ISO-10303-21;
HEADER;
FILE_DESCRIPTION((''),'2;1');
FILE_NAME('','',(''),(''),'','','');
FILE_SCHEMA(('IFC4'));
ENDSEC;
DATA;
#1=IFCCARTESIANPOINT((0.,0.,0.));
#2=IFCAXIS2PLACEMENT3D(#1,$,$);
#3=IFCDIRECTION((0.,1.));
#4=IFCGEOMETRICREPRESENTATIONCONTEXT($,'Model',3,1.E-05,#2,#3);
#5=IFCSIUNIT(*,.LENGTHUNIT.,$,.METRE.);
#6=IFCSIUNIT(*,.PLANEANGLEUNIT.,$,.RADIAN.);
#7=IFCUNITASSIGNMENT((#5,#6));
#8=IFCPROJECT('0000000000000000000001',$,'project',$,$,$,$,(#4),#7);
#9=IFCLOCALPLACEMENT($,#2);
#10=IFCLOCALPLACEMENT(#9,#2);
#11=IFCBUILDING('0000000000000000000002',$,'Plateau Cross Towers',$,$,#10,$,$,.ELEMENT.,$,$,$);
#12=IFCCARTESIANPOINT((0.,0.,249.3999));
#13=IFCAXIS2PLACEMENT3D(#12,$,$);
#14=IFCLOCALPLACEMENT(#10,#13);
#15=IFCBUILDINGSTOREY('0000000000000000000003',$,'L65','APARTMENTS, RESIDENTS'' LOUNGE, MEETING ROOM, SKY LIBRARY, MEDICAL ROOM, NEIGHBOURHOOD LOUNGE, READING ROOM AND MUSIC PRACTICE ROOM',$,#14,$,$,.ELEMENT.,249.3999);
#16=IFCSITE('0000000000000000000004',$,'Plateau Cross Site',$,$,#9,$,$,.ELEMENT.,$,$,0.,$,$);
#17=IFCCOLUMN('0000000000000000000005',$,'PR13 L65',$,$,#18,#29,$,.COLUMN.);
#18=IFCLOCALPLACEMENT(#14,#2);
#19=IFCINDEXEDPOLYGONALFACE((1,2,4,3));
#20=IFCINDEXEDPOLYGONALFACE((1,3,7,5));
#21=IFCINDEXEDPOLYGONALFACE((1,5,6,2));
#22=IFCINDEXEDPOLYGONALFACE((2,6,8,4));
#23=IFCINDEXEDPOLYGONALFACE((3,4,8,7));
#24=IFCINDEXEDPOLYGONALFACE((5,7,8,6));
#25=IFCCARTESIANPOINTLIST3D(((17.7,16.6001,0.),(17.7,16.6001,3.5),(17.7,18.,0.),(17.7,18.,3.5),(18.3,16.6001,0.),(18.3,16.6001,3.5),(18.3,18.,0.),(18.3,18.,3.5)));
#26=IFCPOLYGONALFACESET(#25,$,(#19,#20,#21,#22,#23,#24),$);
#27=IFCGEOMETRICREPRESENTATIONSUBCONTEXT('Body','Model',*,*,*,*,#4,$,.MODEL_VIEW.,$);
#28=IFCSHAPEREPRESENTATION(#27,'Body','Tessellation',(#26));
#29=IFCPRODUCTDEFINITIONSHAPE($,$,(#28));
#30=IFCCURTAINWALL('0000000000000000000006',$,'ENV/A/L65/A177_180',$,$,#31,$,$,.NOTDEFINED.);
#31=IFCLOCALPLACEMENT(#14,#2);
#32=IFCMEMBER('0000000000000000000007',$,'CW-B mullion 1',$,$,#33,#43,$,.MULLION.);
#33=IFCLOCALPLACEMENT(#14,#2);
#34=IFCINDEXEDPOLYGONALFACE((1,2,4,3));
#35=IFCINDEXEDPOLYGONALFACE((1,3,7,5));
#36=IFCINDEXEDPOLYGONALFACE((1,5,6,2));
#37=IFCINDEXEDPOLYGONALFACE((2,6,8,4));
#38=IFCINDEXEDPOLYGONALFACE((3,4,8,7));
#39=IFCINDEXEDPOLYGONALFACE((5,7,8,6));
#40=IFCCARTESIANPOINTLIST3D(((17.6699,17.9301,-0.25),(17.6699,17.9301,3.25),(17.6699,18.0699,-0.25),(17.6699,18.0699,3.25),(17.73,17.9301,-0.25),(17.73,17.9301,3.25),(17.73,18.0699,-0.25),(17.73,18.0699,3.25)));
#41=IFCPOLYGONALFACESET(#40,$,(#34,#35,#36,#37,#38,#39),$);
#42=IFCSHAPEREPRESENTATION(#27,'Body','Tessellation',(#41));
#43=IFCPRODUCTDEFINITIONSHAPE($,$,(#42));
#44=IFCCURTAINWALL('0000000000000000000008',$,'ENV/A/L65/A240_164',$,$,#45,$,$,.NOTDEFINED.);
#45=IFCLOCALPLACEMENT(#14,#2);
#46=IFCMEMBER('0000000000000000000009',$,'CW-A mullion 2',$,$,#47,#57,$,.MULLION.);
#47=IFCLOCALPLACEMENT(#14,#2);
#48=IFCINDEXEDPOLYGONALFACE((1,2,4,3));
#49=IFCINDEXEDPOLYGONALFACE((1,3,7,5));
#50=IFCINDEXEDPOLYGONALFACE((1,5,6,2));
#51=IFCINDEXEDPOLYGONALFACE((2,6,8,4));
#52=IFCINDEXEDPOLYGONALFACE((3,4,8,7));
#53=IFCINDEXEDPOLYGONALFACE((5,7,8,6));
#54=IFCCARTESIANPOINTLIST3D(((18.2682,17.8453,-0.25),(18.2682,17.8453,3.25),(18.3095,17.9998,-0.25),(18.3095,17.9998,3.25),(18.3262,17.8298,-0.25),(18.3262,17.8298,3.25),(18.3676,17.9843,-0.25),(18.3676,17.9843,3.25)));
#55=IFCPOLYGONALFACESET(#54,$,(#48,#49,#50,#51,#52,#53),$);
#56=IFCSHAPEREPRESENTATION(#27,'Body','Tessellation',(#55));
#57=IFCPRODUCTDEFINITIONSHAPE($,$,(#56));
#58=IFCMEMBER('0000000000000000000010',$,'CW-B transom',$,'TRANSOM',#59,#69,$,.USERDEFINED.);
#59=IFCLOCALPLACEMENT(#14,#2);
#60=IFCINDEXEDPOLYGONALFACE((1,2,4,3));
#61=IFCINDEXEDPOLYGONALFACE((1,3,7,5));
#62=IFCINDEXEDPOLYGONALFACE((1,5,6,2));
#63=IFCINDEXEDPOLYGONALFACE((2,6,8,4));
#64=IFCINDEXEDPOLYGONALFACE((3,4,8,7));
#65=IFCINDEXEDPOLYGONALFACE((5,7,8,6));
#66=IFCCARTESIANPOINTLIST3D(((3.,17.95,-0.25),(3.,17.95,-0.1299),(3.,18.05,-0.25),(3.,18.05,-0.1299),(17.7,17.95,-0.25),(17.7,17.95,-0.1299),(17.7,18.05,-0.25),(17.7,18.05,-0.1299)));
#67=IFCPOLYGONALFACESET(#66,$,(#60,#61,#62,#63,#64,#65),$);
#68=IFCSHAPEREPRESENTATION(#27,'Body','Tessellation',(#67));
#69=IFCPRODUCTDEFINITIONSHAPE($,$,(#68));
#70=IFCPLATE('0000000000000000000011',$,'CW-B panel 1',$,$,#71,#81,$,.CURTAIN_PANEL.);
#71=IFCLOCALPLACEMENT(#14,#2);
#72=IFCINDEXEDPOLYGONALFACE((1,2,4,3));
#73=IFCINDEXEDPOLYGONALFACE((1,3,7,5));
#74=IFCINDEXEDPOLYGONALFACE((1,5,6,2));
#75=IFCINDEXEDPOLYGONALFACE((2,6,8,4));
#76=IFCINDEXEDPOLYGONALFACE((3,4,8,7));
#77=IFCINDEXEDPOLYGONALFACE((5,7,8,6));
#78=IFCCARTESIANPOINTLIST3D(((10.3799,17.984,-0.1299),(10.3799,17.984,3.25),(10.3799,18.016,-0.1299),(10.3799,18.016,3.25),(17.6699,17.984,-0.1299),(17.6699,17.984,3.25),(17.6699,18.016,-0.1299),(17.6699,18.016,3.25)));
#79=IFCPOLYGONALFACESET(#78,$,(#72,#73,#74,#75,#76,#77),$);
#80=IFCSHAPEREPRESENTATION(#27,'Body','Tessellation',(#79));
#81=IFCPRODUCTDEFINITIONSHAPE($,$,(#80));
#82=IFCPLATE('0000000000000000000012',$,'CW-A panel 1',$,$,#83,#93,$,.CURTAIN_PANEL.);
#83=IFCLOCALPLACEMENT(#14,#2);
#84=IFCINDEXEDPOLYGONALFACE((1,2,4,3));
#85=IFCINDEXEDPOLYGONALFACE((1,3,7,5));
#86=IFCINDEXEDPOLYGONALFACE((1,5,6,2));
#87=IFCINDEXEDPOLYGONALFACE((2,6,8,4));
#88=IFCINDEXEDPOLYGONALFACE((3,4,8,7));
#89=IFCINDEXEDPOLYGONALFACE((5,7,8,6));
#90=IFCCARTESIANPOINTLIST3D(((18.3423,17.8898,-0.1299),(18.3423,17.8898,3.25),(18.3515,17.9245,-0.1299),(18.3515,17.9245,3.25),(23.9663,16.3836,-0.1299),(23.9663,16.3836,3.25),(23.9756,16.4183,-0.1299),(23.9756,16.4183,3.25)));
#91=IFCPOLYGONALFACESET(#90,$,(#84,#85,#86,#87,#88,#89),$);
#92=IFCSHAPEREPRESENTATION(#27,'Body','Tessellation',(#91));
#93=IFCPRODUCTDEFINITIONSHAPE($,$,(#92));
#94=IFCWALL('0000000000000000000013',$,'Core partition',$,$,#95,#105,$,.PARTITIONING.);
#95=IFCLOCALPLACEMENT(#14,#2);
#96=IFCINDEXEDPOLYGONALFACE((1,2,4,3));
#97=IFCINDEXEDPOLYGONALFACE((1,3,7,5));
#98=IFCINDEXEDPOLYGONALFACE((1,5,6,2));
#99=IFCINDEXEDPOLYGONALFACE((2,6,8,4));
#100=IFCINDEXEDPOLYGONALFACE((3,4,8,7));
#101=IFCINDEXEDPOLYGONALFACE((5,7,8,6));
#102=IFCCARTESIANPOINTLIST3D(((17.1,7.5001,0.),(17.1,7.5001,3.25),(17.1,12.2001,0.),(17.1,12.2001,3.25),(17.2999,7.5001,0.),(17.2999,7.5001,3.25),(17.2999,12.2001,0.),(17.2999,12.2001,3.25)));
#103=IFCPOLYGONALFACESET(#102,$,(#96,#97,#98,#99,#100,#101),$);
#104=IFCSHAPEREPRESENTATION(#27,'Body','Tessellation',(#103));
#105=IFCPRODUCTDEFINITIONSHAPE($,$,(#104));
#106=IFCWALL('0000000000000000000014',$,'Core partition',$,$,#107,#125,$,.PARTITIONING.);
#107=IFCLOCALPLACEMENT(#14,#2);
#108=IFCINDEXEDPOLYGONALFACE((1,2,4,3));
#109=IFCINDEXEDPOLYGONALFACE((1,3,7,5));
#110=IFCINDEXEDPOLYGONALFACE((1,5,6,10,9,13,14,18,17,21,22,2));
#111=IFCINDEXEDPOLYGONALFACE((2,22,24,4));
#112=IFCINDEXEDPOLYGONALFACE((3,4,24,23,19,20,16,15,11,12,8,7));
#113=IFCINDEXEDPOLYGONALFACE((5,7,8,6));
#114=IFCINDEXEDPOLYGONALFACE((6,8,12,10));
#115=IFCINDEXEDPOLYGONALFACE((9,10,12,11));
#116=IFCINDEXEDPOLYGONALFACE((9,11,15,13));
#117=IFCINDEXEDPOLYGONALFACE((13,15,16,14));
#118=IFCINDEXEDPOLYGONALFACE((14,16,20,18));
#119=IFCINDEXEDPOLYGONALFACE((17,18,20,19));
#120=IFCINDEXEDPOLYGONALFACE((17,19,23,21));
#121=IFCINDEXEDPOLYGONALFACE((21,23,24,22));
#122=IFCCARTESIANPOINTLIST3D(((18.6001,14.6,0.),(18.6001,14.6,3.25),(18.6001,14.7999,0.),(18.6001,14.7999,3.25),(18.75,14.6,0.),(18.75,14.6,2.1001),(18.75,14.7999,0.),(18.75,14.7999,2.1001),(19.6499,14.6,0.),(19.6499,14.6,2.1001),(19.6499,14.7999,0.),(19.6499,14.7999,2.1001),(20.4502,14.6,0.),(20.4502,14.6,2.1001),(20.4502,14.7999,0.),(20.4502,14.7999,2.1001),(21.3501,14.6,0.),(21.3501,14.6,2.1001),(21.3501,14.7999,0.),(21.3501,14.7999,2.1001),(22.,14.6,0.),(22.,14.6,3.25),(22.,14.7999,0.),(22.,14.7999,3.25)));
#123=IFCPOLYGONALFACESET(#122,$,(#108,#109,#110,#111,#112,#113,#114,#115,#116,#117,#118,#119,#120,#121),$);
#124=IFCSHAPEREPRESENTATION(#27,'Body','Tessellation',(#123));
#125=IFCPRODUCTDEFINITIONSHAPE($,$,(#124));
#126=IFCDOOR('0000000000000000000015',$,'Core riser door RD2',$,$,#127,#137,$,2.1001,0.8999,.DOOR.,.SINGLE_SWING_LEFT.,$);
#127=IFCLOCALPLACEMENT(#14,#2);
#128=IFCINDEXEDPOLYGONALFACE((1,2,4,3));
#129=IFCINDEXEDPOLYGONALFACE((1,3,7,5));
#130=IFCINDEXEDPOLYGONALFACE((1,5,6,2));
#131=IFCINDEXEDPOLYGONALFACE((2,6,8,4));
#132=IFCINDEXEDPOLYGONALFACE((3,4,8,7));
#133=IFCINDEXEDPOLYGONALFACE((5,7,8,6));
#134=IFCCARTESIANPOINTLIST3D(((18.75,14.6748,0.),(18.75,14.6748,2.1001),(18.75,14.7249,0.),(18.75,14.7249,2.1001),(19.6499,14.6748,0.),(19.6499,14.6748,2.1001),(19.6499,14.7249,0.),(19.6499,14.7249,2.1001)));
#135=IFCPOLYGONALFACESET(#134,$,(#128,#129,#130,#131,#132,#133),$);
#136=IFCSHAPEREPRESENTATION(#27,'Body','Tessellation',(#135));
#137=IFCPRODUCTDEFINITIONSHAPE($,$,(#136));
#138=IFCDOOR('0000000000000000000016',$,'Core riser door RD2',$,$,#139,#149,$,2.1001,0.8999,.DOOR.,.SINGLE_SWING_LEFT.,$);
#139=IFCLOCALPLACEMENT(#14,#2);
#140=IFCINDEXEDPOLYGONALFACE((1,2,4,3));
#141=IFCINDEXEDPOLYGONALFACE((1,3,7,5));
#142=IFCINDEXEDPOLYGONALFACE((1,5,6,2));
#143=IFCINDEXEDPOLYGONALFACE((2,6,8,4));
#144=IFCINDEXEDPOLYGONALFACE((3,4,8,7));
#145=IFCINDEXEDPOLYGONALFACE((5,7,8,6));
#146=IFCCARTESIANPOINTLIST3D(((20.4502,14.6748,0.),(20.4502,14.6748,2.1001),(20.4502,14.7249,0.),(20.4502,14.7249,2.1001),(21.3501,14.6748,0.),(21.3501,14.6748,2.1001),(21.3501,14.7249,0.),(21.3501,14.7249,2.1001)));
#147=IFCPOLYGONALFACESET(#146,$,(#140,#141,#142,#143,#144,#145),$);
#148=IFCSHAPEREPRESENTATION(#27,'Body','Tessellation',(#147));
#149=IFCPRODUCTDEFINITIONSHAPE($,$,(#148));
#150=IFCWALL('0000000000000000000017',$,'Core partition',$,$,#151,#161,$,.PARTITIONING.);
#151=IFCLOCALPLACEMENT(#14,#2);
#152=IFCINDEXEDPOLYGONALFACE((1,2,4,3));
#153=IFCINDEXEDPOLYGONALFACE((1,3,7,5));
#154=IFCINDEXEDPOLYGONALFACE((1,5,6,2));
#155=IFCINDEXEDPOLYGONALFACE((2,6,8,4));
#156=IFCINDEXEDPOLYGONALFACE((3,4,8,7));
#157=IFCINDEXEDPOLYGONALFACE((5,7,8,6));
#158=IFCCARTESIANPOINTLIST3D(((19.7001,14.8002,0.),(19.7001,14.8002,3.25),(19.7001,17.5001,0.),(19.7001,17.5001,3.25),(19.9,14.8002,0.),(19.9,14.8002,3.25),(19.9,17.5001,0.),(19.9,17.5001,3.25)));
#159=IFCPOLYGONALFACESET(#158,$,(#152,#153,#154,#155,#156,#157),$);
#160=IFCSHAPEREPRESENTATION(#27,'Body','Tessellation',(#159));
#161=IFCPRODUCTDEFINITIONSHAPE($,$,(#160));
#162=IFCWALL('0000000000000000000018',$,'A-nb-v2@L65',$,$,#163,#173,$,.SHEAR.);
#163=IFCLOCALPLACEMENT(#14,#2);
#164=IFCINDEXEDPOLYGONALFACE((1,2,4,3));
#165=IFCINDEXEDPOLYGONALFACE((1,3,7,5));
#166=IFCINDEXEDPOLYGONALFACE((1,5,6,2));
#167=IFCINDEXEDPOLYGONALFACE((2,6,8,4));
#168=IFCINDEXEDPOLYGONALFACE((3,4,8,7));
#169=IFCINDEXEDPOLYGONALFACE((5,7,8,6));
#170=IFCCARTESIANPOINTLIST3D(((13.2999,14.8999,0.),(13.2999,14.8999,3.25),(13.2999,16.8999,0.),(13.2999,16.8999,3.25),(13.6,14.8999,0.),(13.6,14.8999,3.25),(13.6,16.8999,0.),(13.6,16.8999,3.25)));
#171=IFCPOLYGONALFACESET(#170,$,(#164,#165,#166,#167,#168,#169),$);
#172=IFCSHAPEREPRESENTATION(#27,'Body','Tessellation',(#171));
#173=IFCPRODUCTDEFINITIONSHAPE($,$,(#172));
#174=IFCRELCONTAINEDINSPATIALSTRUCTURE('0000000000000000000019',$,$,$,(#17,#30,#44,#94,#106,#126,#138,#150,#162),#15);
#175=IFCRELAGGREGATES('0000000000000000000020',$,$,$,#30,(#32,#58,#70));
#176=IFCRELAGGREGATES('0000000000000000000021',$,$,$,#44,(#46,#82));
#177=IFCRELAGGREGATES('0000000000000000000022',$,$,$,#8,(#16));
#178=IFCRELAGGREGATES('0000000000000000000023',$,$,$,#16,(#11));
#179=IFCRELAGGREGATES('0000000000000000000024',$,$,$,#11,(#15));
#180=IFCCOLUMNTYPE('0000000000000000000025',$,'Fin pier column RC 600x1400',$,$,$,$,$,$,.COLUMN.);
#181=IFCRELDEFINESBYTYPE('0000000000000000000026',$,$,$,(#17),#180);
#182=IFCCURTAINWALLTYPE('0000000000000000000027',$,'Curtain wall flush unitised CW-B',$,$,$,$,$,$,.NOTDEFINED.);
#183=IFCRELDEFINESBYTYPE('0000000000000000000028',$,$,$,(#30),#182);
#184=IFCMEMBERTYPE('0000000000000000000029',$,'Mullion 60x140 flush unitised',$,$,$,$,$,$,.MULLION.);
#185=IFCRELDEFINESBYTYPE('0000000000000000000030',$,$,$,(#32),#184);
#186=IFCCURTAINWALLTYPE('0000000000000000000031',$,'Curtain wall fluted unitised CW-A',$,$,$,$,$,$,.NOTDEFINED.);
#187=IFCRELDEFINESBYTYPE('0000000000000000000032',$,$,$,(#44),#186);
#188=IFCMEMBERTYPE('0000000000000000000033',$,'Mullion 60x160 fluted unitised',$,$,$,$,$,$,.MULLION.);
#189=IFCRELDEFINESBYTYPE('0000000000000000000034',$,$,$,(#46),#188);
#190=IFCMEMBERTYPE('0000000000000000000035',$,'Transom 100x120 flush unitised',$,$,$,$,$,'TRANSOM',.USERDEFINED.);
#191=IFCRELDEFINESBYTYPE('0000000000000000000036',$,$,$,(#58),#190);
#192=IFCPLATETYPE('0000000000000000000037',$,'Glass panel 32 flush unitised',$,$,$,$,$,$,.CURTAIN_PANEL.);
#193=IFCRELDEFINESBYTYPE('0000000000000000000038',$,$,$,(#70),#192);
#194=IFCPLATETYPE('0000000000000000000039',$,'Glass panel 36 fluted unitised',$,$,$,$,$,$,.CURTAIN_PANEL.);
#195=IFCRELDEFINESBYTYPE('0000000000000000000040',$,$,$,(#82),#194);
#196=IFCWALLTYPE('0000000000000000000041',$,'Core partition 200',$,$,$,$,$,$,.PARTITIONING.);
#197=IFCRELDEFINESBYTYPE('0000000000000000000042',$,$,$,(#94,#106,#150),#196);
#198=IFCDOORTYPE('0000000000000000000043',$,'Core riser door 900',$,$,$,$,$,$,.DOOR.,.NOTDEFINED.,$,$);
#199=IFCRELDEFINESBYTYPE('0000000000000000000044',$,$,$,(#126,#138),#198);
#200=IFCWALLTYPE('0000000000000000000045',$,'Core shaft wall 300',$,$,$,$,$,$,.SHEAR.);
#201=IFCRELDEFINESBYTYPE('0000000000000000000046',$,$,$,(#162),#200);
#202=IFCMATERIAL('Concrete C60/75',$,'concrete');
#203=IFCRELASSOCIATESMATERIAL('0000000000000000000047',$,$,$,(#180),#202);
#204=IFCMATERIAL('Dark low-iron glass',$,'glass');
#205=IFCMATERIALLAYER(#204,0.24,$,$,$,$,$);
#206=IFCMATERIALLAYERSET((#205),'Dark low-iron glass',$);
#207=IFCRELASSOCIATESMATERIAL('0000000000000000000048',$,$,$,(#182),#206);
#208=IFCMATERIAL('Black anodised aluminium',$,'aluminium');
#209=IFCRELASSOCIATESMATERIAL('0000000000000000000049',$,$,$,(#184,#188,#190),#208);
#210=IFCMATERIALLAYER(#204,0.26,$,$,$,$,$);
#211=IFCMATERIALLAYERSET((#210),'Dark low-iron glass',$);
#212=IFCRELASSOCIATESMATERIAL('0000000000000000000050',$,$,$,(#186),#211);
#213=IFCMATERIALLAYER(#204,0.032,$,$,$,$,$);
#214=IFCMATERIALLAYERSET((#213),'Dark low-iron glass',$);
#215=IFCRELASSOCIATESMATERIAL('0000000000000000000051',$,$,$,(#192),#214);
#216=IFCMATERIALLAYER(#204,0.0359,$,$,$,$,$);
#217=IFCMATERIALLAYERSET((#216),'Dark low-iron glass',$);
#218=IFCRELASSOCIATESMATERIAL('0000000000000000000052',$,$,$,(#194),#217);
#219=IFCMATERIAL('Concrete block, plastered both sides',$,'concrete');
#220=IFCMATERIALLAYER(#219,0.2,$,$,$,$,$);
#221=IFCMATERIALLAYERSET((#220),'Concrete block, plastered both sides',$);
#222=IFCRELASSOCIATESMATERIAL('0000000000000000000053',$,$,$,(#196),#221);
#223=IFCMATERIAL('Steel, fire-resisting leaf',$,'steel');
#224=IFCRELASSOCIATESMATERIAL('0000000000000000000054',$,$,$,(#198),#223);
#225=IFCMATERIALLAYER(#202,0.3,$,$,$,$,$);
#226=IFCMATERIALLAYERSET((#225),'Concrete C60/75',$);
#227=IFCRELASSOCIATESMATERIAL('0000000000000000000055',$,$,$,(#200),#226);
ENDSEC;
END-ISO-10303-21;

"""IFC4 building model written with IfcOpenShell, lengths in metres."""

from ifc_helpers import new_model, si_unit, direction, frame, frame_2d, origin, origin_2d, place, context, subcontext, project, spatial, rectangle, extrude, material, layer, layer_set, material_profile, profile_set, type_object, element, fill, aggregate, save


model = new_model("IFC4")

# Units and contexts
model_context = context("Model", 3, precision=1e-05, world=origin(), true_north=direction((0.0, 1.0)))
body_context = subcontext(model_context, "Body", "Model", "MODEL_VIEW")
ifc_project = project(units=[si_unit("LENGTHUNIT", "METRE"), si_unit("PLANEANGLEUNIT", "RADIAN")], contexts=[model_context])

# Site, building, storey
site_placement = place(None, origin())
site = spatial("IfcSite", under=ifc_project, at=site_placement, Name="Plateau Cross Site", CompositionType="ELEMENT", RefElevation=0.0)
building_placement = place(site_placement, origin())
building = spatial("IfcBuilding", under=site, at=building_placement, Name="Plateau Cross Towers", CompositionType="ELEMENT")
storey_placement = place(building_placement, frame((0.0, 0.0, 249.3999)))
storey = spatial("IfcBuildingStorey", under=building, at=storey_placement, Name="L65", Description="APARTMENTS, RESIDENTS' LOUNGE, MEETING ROOM, SKY LIBRARY, MEDICAL ROOM, NEIGHBOURHOOD LOUNGE, READING ROOM AND MUSIC PRACTICE ROOM", CompositionType="ELEMENT", Elevation=249.3999)

# Column
ifc_material_1 = material(Name="Concrete C60/75", Category="concrete")
ifc_material_profile_1 = material_profile(ifc_material_1, rectangle(XDim=0.6001, YDim=1.3999, at=origin_2d()), Name="RC 600x1400")
ifc_profile_set_1 = profile_set([ifc_material_profile_1], Name="Concrete C60/75")
column_type = type_object("IfcColumnType", Name="Fin pier column RC 600x1400", PredefinedType="COLUMN", material=ifc_profile_set_1)
column_placement = place(storey_placement, frame((18.0, 17.3, 0.0), z_axis=(0.0, 0.0, 1.0), x_axis=(1.0, 0.0, 0.0)))
element("IfcColumn", 1, at=column_placement, inside=storey, type_object=column_type, Name="PR13 L65", PredefinedType="COLUMN", context=body_context, shape_type="SweptSolid", body=[
    extrude(rectangle(XDim=0.6001, YDim=1.3999, at=origin_2d()), origin(), (0.0, 0.0, 1.0), 3.5),
])

# Curtain walls, members
ifc_material_2 = material(Name="Dark low-iron glass", Category="glass")
ifc_layer_1 = layer(ifc_material_2, 0.24)
ifc_layer_set_1 = layer_set([ifc_layer_1], Name="Dark low-iron glass")
curtain_wall_type_1 = type_object("IfcCurtainWallType", Name="Curtain wall flush unitised CW-B", PredefinedType="NOTDEFINED", material=ifc_layer_set_1)
curtain_wall_1_placement = place(storey_placement, origin())
curtain_wall_1 = element("IfcCurtainWall", 2, at=curtain_wall_1_placement, inside=storey, type_object=curtain_wall_type_1, Name="ENV/A/L65/A177_180", PredefinedType="NOTDEFINED")
ifc_material_3 = material(Name="Black anodised aluminium", Category="aluminium")
ifc_material_profile_2 = material_profile(ifc_material_3, rectangle(XDim=0.0601, YDim=0.1399, at=origin_2d()), Name="MULLION 60x140")
ifc_profile_set_2 = profile_set([ifc_material_profile_2], Name="Black anodised aluminium")
member_type_1 = type_object("IfcMemberType", Name="Mullion 60x140 flush unitised", PredefinedType="MULLION", material=ifc_profile_set_2)
member_1_placement = place(storey_placement, frame((17.7, 18.0, -0.25), z_axis=(0.0, 0.0, 1.0), x_axis=(-1.0, 0.0, 0.0)))
member_1 = element("IfcMember", 3, at=member_1_placement, type_object=member_type_1, Name="CW-B mullion 1", PredefinedType="MULLION", context=body_context, shape_type="SweptSolid", body=[
    extrude(rectangle(XDim=0.0601, YDim=0.1399, at=origin_2d()), origin(), (0.0, 0.0, 1.0), 3.5),
])
ifc_layer_2 = layer(ifc_material_2, 0.26)
ifc_layer_set_2 = layer_set([ifc_layer_2], Name="Dark low-iron glass")
curtain_wall_type_2 = type_object("IfcCurtainWallType", Name="Curtain wall fluted unitised CW-A", PredefinedType="NOTDEFINED", material=ifc_layer_set_2)
curtain_wall_2_placement = place(storey_placement, origin())
curtain_wall_2 = element("IfcCurtainWall", 4, at=curtain_wall_2_placement, inside=storey, type_object=curtain_wall_type_2, Name="ENV/A/L65/A240_164", PredefinedType="NOTDEFINED")
ifc_material_profile_3 = material_profile(ifc_material_3, rectangle(XDim=0.0601, YDim=0.1599, at=origin_2d()), Name="MULLION 60x160")
ifc_profile_set_3 = profile_set([ifc_material_profile_3], Name="Black anodised aluminium")
member_type_2 = type_object("IfcMemberType", Name="Mullion 60x160 fluted unitised", PredefinedType="MULLION", material=ifc_profile_set_3)
member_2_placement = place(storey_placement, frame((18.3179, 17.9148, -0.25), z_axis=(0.0, 0.0, 1.0), x_axis=(-0.965958, 0.258699, 0.0)))
member_2 = element("IfcMember", 5, at=member_2_placement, type_object=member_type_2, Name="CW-A mullion 2", PredefinedType="MULLION", context=body_context, shape_type="SweptSolid", body=[
    extrude(rectangle(XDim=0.0601, YDim=0.1599, at=origin_2d()), origin(), (0.0, 0.0, 1.0), 3.5),
])

# Member
ifc_material_profile_4 = material_profile(ifc_material_3, rectangle(XDim=0.1001, YDim=0.1201, at=origin_2d()), Name="TRANSOM 100x120")
ifc_profile_set_4 = profile_set([ifc_material_profile_4], Name="Black anodised aluminium")
member_type_3 = type_object("IfcMemberType", Name="Transom 100x120 flush unitised", ElementType="TRANSOM", PredefinedType="USERDEFINED", material=ifc_profile_set_4)
member_3_placement = place(storey_placement, frame((17.7, 18.0, -0.1899), z_axis=(-1.0, 0.0, 0.0), x_axis=(0.0, -1.0, 0.0)))
member_3 = element("IfcMember", 6, at=member_3_placement, type_object=member_type_3, Name="CW-B transom", ObjectType="TRANSOM", PredefinedType="USERDEFINED", context=body_context, shape_type="SweptSolid", body=[
    extrude(rectangle(XDim=0.1001, YDim=0.1201, at=origin_2d()), origin(), (0.0, 0.0, 1.0), 14.7),
])

# Plates
ifc_layer_3 = layer(ifc_material_2, 0.032)
ifc_layer_set_3 = layer_set([ifc_layer_3], Name="Dark low-iron glass")
plate_type_1 = type_object("IfcPlateType", Name="Glass panel 32 flush unitised", PredefinedType="CURTAIN_PANEL", material=ifc_layer_set_3)
plate_1_placement = place(storey_placement, frame((14.0249, 18.0, -0.1299), z_axis=(0.0, 0.0, 1.0), x_axis=(-1.0, 0.0, 0.0)))
plate_1 = element("IfcPlate", 7, at=plate_1_placement, type_object=plate_type_1, Name="CW-B panel 1", PredefinedType="CURTAIN_PANEL", context=body_context, shape_type="SweptSolid", body=[
    extrude(rectangle(XDim=7.29, YDim=0.032, at=origin_2d()), origin(), (0.0, 0.0, 1.0), 3.3799),
])
aggregate(curtain_wall_1, [member_1, member_3, plate_1])
ifc_layer_4 = layer(ifc_material_2, 0.0359)
ifc_layer_set_4 = layer_set([ifc_layer_4], Name="Dark low-iron glass")
plate_type_2 = type_object("IfcPlateType", Name="Glass panel 36 fluted unitised", PredefinedType="CURTAIN_PANEL", material=ifc_layer_set_4)
plate_2_placement = place(storey_placement, frame((21.1589, 17.1541, -0.1299), z_axis=(0.0, 0.0, 1.0), x_axis=(-0.965958, 0.258699, 0.0)))
plate_2 = element("IfcPlate", 8, at=plate_2_placement, type_object=plate_type_2, Name="CW-A panel 1", PredefinedType="CURTAIN_PANEL", context=body_context, shape_type="SweptSolid", body=[
    extrude(rectangle(XDim=5.8223, YDim=0.0359, at=origin_2d()), origin(), (0.0, 0.0, 1.0), 3.3799),
])
aggregate(curtain_wall_2, [member_2, plate_2])

# Wall
ifc_material_4 = material(Name="Concrete block, plastered both sides", Category="concrete")
ifc_layer_5 = layer(ifc_material_4, 0.2)
ifc_layer_set_5 = layer_set([ifc_layer_5], Name="Concrete block, plastered both sides")
wall_type_1 = type_object("IfcWallType", Name="Core partition 200", PredefinedType="PARTITIONING", material=ifc_layer_set_5)
wall_1_placement = place(storey_placement, frame((17.2, 7.5, 0.0), z_axis=(0.0, 0.0, 1.0), x_axis=(0.0, 1.0, 0.0)))
element("IfcWall", 9, at=wall_1_placement, inside=storey, type_object=wall_type_1, Name="Core partition", PredefinedType="PARTITIONING", context=body_context, shape_type="SweptSolid", body=[
    extrude(rectangle(XDim=4.7, YDim=0.2, at=frame_2d((2.3501, 0.0))), origin(), (0.0, 0.0, 1.0), 3.25),
])

# Wall, openings, doors
wall_2_placement = place(storey_placement, frame((18.6001, 14.7, 0.0), z_axis=(0.0, 0.0, 1.0), x_axis=(1.0, 0.0, 0.0)))
wall_2 = element("IfcWall", 10, at=wall_2_placement, inside=storey, type_object=wall_type_1, Name="Core partition", PredefinedType="PARTITIONING", context=body_context, shape_type="SweptSolid", body=[
    extrude(rectangle(XDim=3.3999, YDim=0.2, at=frame_2d((1.7, 0.0))), origin(), (0.0, 0.0, 1.0), 3.25),
])
opening_1_placement = place(wall_2_placement, frame((0.1499, 0.0, 0.0)))
opening_1 = element("IfcOpeningElement", 11, at=opening_1_placement, cuts=wall_2, PredefinedType="OPENING", context=body_context, shape_type="SweptSolid", body=[
    extrude(rectangle(XDim=0.8999, YDim=2.1001, at=frame_2d((0.45, 1.05))), frame((0.0, 0.1099, 0.0), z_axis=(0.0, -1.0, 0.0), x_axis=(1.0, 0.0, 0.0)), (0.0, 0.0, 1.0), 0.22),
])
opening_2_placement = place(wall_2_placement, frame((1.8501, 0.0, 0.0)))
opening_2 = element("IfcOpeningElement", 12, at=opening_2_placement, cuts=wall_2, PredefinedType="OPENING", context=body_context, shape_type="SweptSolid", body=[
    extrude(rectangle(XDim=0.8999, YDim=2.1001, at=frame_2d((0.45, 1.05))), frame((0.0, 0.1099, 0.0), z_axis=(0.0, -1.0, 0.0), x_axis=(1.0, 0.0, 0.0)), (0.0, 0.0, 1.0), 0.22),
])
ifc_material_5 = material(Name="Steel, fire-resisting leaf", Category="steel")
door_type_1 = type_object("IfcDoorType", Name="Core riser door 900", OperationType="NOTDEFINED", PredefinedType="DOOR", material=ifc_material_5)
door_1_placement = place(opening_1_placement, origin())
door_1 = element("IfcDoor", 13, at=door_1_placement, inside=storey, type_object=door_type_1, Name="Core riser door RD2", OperationType="SINGLE_SWING_LEFT", OverallHeight=2.1001, OverallWidth=0.8999, PredefinedType="DOOR", context=body_context, shape_type="SweptSolid", body=[
    extrude(rectangle(XDim=0.8999, YDim=2.1001, at=frame_2d((0.45, 1.05))), frame((0.0, 0.0249, 0.0), z_axis=(0.0, -1.0, 0.0), x_axis=(1.0, 0.0, 0.0)), (0.0, 0.0, 1.0), 0.05),
])
fill(opening_1, door_1)
door_2_placement = place(opening_2_placement, origin())
door_2 = element("IfcDoor", 14, at=door_2_placement, inside=storey, type_object=door_type_1, Name="Core riser door RD2", OperationType="SINGLE_SWING_LEFT", OverallHeight=2.1001, OverallWidth=0.8999, PredefinedType="DOOR", context=body_context, shape_type="SweptSolid", body=[
    extrude(rectangle(XDim=0.8999, YDim=2.1001, at=frame_2d((0.45, 1.05))), frame((0.0, 0.0249, 0.0), z_axis=(0.0, -1.0, 0.0), x_axis=(1.0, 0.0, 0.0)), (0.0, 0.0, 1.0), 0.05),
])
fill(opening_2, door_2)

# Walls
wall_3_placement = place(storey_placement, frame((19.8, 14.8, 0.0), z_axis=(0.0, 0.0, 1.0), x_axis=(0.0, 1.0, 0.0)))
element("IfcWall", 15, at=wall_3_placement, inside=storey, type_object=wall_type_1, Name="Core partition", PredefinedType="PARTITIONING", context=body_context, shape_type="SweptSolid", body=[
    extrude(rectangle(XDim=2.7, YDim=0.2, at=frame_2d((1.3501, 0.0))), origin(), (0.0, 0.0, 1.0), 3.25),
])
ifc_layer_6 = layer(ifc_material_1, 0.3)
ifc_layer_set_6 = layer_set([ifc_layer_6], Name="Concrete C60/75")
wall_type_2 = type_object("IfcWallType", Name="Core shaft wall 300", PredefinedType="SHEAR", material=ifc_layer_set_6)
for number, where, z_axis, x_axis, name in (
    (16, (13.45, 14.8999, 0.0), (0.0, 0.0, 1.0), (0.0, 1.0, 0.0), "A-nb-v2@L65"),
):
    element("IfcWall", number, at=place(storey_placement, frame(where, z_axis=z_axis, x_axis=x_axis)), inside=storey, type_object=wall_type_2, Name=name, PredefinedType="SHEAR", context=body_context, shape_type="SweptSolid", body=[
        extrude(rectangle(XDim=2.0, YDim=0.3, at=frame_2d((1.0, 0.0))), origin(), (0.0, 0.0, 1.0), 3.25),
    ])

save(model, "model.ifc")
